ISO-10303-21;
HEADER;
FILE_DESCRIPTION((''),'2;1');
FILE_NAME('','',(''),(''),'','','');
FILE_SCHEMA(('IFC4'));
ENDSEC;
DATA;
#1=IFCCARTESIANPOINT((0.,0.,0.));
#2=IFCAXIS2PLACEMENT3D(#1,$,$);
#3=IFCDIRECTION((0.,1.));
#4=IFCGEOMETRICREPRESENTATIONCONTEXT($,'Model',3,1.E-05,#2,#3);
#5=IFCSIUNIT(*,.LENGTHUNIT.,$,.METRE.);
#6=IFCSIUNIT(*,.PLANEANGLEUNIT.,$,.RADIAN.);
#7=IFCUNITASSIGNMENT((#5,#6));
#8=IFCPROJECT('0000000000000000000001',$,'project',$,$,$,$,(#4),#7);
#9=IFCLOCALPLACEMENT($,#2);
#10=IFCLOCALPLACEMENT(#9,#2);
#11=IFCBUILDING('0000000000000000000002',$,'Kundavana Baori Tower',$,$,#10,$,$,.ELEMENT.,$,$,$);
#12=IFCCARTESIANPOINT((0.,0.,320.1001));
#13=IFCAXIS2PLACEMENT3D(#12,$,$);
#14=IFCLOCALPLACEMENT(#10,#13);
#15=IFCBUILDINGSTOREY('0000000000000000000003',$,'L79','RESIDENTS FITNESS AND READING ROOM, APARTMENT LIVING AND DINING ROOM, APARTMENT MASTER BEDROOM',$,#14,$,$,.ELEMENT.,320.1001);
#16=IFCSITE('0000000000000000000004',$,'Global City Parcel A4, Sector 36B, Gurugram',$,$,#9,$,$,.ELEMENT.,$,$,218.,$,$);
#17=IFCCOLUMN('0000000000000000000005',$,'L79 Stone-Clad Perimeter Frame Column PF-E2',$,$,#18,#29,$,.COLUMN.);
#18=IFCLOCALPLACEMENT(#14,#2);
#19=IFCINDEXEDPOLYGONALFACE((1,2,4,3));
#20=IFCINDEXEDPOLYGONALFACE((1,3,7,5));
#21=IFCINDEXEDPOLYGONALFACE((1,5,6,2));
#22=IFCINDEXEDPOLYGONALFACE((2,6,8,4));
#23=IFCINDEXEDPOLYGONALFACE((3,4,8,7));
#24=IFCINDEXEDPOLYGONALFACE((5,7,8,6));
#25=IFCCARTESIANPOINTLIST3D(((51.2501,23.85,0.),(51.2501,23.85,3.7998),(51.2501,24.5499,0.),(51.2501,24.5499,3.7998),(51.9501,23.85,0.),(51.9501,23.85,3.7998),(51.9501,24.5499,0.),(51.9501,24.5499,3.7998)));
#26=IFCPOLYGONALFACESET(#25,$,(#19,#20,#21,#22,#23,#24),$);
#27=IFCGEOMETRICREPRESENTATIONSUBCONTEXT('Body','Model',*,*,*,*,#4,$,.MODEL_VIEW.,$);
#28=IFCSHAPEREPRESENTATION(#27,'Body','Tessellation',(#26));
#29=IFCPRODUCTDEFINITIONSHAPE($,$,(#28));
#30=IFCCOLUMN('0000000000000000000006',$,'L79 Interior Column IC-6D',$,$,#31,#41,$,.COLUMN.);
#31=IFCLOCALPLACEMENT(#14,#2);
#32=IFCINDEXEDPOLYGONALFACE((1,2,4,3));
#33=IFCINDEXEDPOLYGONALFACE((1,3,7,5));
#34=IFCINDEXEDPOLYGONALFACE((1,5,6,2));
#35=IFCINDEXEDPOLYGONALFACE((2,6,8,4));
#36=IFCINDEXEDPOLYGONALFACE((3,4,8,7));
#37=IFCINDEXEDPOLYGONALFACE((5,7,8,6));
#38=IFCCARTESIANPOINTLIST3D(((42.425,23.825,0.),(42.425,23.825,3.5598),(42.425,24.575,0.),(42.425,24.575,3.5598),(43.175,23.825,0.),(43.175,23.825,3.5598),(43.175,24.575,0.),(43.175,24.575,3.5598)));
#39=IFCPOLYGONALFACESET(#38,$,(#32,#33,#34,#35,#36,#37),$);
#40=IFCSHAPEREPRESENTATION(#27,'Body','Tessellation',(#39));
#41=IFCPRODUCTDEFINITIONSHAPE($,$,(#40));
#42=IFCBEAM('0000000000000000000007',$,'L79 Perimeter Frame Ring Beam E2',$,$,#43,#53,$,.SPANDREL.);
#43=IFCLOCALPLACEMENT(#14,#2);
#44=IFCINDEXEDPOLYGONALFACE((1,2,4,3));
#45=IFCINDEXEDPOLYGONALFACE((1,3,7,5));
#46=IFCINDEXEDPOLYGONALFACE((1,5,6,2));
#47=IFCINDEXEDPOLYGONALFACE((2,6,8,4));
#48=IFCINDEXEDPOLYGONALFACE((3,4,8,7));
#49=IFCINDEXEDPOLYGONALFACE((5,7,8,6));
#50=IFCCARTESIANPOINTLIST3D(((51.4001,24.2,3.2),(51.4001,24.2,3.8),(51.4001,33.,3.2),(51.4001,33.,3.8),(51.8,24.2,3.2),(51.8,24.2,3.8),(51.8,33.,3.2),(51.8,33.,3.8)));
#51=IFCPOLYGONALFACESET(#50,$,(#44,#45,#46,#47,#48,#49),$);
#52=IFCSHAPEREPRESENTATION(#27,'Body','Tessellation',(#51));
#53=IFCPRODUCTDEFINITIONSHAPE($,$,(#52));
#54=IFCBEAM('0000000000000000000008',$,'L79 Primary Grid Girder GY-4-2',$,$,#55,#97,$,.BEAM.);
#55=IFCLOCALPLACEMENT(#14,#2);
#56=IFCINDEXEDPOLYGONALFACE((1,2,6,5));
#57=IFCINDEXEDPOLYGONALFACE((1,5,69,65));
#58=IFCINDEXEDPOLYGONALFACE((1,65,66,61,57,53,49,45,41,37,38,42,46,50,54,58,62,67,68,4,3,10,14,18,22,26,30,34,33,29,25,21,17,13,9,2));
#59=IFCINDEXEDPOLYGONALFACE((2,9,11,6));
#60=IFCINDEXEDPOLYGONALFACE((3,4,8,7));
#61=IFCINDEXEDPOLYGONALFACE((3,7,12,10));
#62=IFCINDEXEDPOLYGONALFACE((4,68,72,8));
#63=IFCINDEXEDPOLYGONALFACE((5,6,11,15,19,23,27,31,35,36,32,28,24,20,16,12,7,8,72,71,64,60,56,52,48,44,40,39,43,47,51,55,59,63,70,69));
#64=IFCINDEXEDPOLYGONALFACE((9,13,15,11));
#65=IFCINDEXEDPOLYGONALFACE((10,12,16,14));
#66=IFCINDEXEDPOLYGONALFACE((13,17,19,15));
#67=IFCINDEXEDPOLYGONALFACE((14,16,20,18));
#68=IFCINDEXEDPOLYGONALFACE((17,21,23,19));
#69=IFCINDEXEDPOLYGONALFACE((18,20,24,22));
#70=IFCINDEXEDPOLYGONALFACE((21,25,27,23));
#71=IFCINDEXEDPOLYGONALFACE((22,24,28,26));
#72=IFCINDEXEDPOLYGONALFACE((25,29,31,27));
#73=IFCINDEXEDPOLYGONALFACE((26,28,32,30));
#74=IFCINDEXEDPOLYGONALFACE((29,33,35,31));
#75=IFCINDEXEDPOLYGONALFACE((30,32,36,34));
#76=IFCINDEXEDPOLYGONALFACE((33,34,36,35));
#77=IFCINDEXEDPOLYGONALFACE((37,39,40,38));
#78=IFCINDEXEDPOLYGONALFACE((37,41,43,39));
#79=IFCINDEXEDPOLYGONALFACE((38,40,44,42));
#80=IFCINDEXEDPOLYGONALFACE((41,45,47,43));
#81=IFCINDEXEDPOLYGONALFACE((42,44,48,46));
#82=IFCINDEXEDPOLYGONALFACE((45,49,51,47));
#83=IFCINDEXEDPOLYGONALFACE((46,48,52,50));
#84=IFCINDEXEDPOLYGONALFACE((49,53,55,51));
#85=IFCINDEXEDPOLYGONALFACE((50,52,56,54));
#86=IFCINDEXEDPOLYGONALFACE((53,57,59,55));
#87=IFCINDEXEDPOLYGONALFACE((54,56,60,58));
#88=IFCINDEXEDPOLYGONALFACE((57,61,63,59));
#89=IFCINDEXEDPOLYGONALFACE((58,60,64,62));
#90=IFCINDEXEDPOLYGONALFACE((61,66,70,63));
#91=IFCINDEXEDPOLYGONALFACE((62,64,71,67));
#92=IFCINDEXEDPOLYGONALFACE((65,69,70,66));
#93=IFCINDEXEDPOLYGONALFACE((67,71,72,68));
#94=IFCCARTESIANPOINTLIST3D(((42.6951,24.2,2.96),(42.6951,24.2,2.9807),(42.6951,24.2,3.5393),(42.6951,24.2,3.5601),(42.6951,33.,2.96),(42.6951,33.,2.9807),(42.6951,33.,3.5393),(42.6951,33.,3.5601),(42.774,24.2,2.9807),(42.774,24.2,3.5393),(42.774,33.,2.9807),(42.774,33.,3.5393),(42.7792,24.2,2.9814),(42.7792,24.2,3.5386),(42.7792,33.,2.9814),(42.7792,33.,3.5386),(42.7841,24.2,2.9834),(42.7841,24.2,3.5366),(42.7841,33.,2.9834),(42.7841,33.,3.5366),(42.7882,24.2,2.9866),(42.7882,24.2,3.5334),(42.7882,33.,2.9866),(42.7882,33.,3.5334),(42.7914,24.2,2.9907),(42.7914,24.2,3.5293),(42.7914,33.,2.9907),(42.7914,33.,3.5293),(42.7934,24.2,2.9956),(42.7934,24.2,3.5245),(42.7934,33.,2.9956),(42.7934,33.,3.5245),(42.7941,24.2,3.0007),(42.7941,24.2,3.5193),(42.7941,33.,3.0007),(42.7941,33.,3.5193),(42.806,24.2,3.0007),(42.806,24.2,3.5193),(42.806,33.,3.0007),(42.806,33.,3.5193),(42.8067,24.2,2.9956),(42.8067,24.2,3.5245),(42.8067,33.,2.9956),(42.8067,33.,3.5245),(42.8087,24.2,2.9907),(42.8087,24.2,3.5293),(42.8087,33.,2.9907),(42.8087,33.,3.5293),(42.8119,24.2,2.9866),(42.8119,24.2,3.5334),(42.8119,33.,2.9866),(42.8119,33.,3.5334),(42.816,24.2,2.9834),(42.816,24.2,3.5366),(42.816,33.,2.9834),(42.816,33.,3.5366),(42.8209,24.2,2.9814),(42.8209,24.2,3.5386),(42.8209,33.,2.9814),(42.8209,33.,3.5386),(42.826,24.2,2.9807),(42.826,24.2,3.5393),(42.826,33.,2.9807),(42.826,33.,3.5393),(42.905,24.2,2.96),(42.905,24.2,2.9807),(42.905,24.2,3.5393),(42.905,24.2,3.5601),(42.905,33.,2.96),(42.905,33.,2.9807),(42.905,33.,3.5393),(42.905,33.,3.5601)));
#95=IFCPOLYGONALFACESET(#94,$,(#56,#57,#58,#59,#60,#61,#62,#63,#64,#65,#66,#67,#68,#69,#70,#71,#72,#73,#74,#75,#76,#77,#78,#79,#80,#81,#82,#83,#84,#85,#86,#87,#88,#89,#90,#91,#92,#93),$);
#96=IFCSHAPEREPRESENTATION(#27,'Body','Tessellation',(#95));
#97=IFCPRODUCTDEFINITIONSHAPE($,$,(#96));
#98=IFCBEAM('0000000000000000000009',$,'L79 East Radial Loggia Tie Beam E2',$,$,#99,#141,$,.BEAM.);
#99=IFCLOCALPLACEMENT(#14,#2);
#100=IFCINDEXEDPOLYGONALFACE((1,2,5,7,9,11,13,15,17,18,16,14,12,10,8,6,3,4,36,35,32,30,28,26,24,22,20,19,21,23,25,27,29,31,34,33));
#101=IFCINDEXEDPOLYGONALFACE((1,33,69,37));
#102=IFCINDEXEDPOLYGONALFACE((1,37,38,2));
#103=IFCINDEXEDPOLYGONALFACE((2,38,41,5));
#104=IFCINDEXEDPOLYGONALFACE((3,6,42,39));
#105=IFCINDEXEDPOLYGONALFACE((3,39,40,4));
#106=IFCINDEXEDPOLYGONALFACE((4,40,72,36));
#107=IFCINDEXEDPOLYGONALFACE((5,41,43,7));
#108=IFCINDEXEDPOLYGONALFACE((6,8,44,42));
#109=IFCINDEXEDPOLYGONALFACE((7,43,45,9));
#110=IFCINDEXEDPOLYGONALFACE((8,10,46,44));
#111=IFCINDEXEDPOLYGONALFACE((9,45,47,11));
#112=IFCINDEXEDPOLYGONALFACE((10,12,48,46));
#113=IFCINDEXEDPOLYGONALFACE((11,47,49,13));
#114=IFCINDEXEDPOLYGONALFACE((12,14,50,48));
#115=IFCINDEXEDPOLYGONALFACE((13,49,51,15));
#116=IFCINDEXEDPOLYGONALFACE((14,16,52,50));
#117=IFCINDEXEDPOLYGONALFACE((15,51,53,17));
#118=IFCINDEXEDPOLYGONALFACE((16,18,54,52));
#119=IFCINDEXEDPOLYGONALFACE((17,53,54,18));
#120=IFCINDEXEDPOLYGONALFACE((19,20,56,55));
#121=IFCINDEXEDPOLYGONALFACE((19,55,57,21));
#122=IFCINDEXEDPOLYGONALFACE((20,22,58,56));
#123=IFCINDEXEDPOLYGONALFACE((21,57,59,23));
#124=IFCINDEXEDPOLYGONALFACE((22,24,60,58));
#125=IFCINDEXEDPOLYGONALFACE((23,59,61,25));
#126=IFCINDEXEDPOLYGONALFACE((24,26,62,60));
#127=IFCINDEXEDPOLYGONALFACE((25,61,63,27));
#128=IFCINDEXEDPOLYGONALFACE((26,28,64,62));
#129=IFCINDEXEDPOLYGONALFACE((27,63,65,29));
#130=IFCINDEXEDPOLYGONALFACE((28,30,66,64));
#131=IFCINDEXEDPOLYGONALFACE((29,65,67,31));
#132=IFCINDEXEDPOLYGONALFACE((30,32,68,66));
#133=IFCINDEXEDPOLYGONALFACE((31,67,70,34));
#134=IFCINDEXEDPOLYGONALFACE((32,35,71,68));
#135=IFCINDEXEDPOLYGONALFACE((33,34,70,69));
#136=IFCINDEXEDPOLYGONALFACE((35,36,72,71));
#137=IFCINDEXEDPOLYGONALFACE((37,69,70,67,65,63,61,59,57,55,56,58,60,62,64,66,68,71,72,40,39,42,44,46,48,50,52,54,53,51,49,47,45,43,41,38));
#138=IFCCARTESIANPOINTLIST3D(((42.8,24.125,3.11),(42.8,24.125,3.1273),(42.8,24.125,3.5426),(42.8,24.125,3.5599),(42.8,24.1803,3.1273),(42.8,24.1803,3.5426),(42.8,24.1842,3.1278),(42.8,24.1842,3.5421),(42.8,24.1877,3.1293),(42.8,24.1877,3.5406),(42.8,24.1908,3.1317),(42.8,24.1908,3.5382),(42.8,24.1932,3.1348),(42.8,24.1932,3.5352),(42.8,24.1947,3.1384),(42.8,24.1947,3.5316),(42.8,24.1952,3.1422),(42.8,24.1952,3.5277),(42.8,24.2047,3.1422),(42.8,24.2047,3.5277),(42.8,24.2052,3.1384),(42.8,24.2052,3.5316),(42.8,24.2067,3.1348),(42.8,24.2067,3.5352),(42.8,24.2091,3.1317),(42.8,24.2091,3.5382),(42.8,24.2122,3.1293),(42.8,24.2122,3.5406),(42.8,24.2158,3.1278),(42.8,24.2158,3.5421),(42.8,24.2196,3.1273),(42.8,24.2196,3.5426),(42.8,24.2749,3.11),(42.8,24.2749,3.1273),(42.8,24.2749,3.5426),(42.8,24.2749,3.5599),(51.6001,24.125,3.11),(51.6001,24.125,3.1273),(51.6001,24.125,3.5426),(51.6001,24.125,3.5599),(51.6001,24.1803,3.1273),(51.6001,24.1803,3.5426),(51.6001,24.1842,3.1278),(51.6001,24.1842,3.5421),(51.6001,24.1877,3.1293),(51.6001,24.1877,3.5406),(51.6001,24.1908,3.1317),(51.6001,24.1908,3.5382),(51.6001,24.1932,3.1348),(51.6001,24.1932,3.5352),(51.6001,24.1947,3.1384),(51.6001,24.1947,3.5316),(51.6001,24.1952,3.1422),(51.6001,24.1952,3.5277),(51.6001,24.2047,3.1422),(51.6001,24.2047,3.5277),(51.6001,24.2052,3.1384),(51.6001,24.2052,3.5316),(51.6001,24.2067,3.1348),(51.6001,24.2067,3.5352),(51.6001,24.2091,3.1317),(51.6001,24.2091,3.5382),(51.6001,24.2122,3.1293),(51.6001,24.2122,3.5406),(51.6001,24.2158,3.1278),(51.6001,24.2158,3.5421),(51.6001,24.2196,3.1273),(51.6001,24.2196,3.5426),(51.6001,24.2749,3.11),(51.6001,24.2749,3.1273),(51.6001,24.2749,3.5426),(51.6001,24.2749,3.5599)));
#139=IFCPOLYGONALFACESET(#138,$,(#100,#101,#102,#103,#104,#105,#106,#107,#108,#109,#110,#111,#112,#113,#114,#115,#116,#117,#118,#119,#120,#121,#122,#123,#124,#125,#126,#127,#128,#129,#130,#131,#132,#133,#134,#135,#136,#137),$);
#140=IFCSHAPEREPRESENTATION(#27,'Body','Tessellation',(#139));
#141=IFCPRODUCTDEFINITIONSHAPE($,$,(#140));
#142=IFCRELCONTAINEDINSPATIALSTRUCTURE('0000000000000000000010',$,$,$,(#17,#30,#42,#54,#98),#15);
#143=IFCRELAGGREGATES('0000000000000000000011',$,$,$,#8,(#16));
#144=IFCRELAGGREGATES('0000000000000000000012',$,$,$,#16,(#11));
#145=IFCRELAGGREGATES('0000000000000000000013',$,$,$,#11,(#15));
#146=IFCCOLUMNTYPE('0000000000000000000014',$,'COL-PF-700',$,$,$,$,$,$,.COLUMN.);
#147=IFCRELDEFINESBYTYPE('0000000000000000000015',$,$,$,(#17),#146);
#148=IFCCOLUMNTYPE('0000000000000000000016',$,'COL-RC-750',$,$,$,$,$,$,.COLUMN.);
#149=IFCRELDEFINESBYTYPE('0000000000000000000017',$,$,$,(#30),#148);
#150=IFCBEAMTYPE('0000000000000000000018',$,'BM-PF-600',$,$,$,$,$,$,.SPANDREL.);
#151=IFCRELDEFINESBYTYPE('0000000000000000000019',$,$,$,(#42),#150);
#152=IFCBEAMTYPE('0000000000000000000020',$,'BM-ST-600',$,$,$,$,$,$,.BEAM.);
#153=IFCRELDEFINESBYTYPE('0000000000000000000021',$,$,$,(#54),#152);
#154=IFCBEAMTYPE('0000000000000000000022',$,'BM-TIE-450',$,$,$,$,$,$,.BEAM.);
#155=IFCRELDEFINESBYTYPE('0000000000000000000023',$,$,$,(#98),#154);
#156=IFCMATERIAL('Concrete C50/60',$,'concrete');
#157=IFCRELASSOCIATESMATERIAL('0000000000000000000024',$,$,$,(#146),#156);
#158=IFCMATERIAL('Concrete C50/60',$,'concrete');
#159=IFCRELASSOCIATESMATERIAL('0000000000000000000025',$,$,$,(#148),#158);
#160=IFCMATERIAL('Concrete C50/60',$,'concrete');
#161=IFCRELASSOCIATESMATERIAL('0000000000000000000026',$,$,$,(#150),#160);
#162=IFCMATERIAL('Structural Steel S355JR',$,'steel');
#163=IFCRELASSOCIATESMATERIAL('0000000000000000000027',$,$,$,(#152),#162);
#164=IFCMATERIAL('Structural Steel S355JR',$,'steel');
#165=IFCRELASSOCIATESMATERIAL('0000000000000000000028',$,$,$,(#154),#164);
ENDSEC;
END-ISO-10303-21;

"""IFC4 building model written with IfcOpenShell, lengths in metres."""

from ifc_helpers import new_model, si_unit, direction, frame, origin, origin_2d, place, context, subcontext, project, spatial, rectangle, i_section, extrude, material, material_profile, profile_set, type_object, element, save


model = new_model("IFC4")

# Units and contexts
model_context = context("Model", 3, precision=1e-05, world=origin(), true_north=direction((0.0, 1.0)))
body_context = subcontext(model_context, "Body", "Model", "MODEL_VIEW")
ifc_project = project(units=[si_unit("LENGTHUNIT", "METRE"), si_unit("PLANEANGLEUNIT", "RADIAN")], contexts=[model_context])

# Site, building, storey
site_placement = place(None, origin())
site = spatial("IfcSite", under=ifc_project, at=site_placement, Name="Global City Parcel A4, Sector 36B, Gurugram", CompositionType="ELEMENT", RefElevation=218.0)
building_placement = place(site_placement, origin())
building = spatial("IfcBuilding", under=site, at=building_placement, Name="Kundavana Baori Tower", CompositionType="ELEMENT")
storey_placement = place(building_placement, frame((0.0, 0.0, 320.1001)))
storey = spatial("IfcBuildingStorey", under=building, at=storey_placement, Name="L79", Description="RESIDENTS FITNESS AND READING ROOM, APARTMENT LIVING AND DINING ROOM, APARTMENT MASTER BEDROOM", CompositionType="ELEMENT", Elevation=320.1001)

# Columns
ifc_material_1 = material(Name="Concrete C50/60", Category="concrete")
ifc_material_profile_1 = material_profile(ifc_material_1, rectangle(XDim=0.7, YDim=0.7, at=origin_2d()), Name="RC PF 700x700")
ifc_profile_set_1 = profile_set([ifc_material_profile_1], Name="Concrete C50/60")
column_type_1 = type_object("IfcColumnType", Name="COL-PF-700", PredefinedType="COLUMN", material=ifc_profile_set_1)
column_1_placement = place(storey_placement, frame((51.6001, 24.2, 0.0), z_axis=(0.0, 0.0, 1.0), x_axis=(1.0, 0.0, 0.0)))
element("IfcColumn", 1, at=column_1_placement, inside=storey, type_object=column_type_1, Name="L79 Stone-Clad Perimeter Frame Column PF-E2", PredefinedType="COLUMN", context=body_context, shape_type="SweptSolid", body=[
    extrude(rectangle(XDim=0.7, YDim=0.7, at=origin_2d()), origin(), (0.0, 0.0, 1.0), 3.7998),
])
ifc_material_2 = material(Name="Concrete C50/60", Category="concrete")
ifc_material_profile_2 = material_profile(ifc_material_2, rectangle(XDim=0.75, YDim=0.75, at=origin_2d()), Name="RC 750x750")
ifc_profile_set_2 = profile_set([ifc_material_profile_2], Name="Concrete C50/60")
column_type_2 = type_object("IfcColumnType", Name="COL-RC-750", PredefinedType="COLUMN", material=ifc_profile_set_2)
column_2_placement = place(storey_placement, frame((42.8, 24.2, 0.0), z_axis=(0.0, 0.0, 1.0), x_axis=(1.0, 0.0, 0.0)))
element("IfcColumn", 2, at=column_2_placement, inside=storey, type_object=column_type_2, Name="L79 Interior Column IC-6D", PredefinedType="COLUMN", context=body_context, shape_type="SweptSolid", body=[
    extrude(rectangle(XDim=0.75, YDim=0.75, at=origin_2d()), origin(), (0.0, 0.0, 1.0), 3.5598),
])

# Beams
ifc_material_3 = material(Name="Concrete C50/60", Category="concrete")
ifc_material_profile_3 = material_profile(ifc_material_3, rectangle(XDim=0.3999, YDim=0.6001, at=origin_2d()), Name="RC BM 400x600")
ifc_profile_set_3 = profile_set([ifc_material_profile_3], Name="Concrete C50/60")
beam_type_1 = type_object("IfcBeamType", Name="BM-PF-600", PredefinedType="SPANDREL", material=ifc_profile_set_3)
beam_1_placement = place(storey_placement, frame((51.6001, 24.2, 3.5), z_axis=(0.0, 1.0, 0.0), x_axis=(-1.0, 0.0, 0.0)))
element("IfcBeam", 3, at=beam_1_placement, inside=storey, type_object=beam_type_1, Name="L79 Perimeter Frame Ring Beam E2", PredefinedType="SPANDREL", context=body_context, shape_type="SweptSolid", body=[
    extrude(rectangle(XDim=0.3999, YDim=0.6001, at=origin_2d()), origin(), (0.0, 0.0, 1.0), 8.8),
])
ifc_material_4 = material(Name="Structural Steel S355JR", Category="steel")
ifc_material_profile_4 = material_profile(ifc_material_4, i_section(OverallWidth=0.21, OverallDepth=0.6001, WebThickness=0.012, FlangeThickness=0.0208, FilletRadius=0.02, at=origin_2d()), Name="ISMB 600")
ifc_profile_set_4 = profile_set([ifc_material_profile_4], Name="Structural Steel S355JR")
beam_type_2 = type_object("IfcBeamType", Name="BM-ST-600", PredefinedType="BEAM", material=ifc_profile_set_4)
beam_2_placement = place(storey_placement, frame((42.8, 24.2, 3.26), z_axis=(0.0, 1.0, 0.0), x_axis=(-1.0, 0.0, 0.0)))
element("IfcBeam", 4, at=beam_2_placement, inside=storey, type_object=beam_type_2, Name="L79 Primary Grid Girder GY-4-2", PredefinedType="BEAM", context=body_context, shape_type="SweptSolid", body=[
    extrude(i_section(OverallWidth=0.21, OverallDepth=0.6001, WebThickness=0.012, FlangeThickness=0.0208, FilletRadius=0.02, at=origin_2d()), origin(), (0.0, 0.0, 1.0), 8.8),
])
ifc_material_5 = material(Name="Structural Steel S355JR", Category="steel")
ifc_material_profile_5 = material_profile(ifc_material_5, i_section(OverallWidth=0.1499, OverallDepth=0.45, WebThickness=0.0095, FlangeThickness=0.0173, FilletRadius=0.0149, at=origin_2d()), Name="ISMB 450")
ifc_profile_set_5 = profile_set([ifc_material_profile_5], Name="Structural Steel S355JR")
beam_type_3 = type_object("IfcBeamType", Name="BM-TIE-450", PredefinedType="BEAM", material=ifc_profile_set_5)
beam_3_placement = place(storey_placement, frame((42.8, 24.2, 3.335), z_axis=(1.0, 0.0, 0.0), x_axis=(0.0, 1.0, 0.0)))
element("IfcBeam", 5, at=beam_3_placement, inside=storey, type_object=beam_type_3, Name="L79 East Radial Loggia Tie Beam E2", PredefinedType="BEAM", context=body_context, shape_type="SweptSolid", body=[
    extrude(i_section(OverallWidth=0.1499, OverallDepth=0.45, WebThickness=0.0095, FlangeThickness=0.0173, FilletRadius=0.0149, at=origin_2d()), origin(), (0.0, 0.0, 1.0), 8.8),
])

save(model, "model.ifc")
